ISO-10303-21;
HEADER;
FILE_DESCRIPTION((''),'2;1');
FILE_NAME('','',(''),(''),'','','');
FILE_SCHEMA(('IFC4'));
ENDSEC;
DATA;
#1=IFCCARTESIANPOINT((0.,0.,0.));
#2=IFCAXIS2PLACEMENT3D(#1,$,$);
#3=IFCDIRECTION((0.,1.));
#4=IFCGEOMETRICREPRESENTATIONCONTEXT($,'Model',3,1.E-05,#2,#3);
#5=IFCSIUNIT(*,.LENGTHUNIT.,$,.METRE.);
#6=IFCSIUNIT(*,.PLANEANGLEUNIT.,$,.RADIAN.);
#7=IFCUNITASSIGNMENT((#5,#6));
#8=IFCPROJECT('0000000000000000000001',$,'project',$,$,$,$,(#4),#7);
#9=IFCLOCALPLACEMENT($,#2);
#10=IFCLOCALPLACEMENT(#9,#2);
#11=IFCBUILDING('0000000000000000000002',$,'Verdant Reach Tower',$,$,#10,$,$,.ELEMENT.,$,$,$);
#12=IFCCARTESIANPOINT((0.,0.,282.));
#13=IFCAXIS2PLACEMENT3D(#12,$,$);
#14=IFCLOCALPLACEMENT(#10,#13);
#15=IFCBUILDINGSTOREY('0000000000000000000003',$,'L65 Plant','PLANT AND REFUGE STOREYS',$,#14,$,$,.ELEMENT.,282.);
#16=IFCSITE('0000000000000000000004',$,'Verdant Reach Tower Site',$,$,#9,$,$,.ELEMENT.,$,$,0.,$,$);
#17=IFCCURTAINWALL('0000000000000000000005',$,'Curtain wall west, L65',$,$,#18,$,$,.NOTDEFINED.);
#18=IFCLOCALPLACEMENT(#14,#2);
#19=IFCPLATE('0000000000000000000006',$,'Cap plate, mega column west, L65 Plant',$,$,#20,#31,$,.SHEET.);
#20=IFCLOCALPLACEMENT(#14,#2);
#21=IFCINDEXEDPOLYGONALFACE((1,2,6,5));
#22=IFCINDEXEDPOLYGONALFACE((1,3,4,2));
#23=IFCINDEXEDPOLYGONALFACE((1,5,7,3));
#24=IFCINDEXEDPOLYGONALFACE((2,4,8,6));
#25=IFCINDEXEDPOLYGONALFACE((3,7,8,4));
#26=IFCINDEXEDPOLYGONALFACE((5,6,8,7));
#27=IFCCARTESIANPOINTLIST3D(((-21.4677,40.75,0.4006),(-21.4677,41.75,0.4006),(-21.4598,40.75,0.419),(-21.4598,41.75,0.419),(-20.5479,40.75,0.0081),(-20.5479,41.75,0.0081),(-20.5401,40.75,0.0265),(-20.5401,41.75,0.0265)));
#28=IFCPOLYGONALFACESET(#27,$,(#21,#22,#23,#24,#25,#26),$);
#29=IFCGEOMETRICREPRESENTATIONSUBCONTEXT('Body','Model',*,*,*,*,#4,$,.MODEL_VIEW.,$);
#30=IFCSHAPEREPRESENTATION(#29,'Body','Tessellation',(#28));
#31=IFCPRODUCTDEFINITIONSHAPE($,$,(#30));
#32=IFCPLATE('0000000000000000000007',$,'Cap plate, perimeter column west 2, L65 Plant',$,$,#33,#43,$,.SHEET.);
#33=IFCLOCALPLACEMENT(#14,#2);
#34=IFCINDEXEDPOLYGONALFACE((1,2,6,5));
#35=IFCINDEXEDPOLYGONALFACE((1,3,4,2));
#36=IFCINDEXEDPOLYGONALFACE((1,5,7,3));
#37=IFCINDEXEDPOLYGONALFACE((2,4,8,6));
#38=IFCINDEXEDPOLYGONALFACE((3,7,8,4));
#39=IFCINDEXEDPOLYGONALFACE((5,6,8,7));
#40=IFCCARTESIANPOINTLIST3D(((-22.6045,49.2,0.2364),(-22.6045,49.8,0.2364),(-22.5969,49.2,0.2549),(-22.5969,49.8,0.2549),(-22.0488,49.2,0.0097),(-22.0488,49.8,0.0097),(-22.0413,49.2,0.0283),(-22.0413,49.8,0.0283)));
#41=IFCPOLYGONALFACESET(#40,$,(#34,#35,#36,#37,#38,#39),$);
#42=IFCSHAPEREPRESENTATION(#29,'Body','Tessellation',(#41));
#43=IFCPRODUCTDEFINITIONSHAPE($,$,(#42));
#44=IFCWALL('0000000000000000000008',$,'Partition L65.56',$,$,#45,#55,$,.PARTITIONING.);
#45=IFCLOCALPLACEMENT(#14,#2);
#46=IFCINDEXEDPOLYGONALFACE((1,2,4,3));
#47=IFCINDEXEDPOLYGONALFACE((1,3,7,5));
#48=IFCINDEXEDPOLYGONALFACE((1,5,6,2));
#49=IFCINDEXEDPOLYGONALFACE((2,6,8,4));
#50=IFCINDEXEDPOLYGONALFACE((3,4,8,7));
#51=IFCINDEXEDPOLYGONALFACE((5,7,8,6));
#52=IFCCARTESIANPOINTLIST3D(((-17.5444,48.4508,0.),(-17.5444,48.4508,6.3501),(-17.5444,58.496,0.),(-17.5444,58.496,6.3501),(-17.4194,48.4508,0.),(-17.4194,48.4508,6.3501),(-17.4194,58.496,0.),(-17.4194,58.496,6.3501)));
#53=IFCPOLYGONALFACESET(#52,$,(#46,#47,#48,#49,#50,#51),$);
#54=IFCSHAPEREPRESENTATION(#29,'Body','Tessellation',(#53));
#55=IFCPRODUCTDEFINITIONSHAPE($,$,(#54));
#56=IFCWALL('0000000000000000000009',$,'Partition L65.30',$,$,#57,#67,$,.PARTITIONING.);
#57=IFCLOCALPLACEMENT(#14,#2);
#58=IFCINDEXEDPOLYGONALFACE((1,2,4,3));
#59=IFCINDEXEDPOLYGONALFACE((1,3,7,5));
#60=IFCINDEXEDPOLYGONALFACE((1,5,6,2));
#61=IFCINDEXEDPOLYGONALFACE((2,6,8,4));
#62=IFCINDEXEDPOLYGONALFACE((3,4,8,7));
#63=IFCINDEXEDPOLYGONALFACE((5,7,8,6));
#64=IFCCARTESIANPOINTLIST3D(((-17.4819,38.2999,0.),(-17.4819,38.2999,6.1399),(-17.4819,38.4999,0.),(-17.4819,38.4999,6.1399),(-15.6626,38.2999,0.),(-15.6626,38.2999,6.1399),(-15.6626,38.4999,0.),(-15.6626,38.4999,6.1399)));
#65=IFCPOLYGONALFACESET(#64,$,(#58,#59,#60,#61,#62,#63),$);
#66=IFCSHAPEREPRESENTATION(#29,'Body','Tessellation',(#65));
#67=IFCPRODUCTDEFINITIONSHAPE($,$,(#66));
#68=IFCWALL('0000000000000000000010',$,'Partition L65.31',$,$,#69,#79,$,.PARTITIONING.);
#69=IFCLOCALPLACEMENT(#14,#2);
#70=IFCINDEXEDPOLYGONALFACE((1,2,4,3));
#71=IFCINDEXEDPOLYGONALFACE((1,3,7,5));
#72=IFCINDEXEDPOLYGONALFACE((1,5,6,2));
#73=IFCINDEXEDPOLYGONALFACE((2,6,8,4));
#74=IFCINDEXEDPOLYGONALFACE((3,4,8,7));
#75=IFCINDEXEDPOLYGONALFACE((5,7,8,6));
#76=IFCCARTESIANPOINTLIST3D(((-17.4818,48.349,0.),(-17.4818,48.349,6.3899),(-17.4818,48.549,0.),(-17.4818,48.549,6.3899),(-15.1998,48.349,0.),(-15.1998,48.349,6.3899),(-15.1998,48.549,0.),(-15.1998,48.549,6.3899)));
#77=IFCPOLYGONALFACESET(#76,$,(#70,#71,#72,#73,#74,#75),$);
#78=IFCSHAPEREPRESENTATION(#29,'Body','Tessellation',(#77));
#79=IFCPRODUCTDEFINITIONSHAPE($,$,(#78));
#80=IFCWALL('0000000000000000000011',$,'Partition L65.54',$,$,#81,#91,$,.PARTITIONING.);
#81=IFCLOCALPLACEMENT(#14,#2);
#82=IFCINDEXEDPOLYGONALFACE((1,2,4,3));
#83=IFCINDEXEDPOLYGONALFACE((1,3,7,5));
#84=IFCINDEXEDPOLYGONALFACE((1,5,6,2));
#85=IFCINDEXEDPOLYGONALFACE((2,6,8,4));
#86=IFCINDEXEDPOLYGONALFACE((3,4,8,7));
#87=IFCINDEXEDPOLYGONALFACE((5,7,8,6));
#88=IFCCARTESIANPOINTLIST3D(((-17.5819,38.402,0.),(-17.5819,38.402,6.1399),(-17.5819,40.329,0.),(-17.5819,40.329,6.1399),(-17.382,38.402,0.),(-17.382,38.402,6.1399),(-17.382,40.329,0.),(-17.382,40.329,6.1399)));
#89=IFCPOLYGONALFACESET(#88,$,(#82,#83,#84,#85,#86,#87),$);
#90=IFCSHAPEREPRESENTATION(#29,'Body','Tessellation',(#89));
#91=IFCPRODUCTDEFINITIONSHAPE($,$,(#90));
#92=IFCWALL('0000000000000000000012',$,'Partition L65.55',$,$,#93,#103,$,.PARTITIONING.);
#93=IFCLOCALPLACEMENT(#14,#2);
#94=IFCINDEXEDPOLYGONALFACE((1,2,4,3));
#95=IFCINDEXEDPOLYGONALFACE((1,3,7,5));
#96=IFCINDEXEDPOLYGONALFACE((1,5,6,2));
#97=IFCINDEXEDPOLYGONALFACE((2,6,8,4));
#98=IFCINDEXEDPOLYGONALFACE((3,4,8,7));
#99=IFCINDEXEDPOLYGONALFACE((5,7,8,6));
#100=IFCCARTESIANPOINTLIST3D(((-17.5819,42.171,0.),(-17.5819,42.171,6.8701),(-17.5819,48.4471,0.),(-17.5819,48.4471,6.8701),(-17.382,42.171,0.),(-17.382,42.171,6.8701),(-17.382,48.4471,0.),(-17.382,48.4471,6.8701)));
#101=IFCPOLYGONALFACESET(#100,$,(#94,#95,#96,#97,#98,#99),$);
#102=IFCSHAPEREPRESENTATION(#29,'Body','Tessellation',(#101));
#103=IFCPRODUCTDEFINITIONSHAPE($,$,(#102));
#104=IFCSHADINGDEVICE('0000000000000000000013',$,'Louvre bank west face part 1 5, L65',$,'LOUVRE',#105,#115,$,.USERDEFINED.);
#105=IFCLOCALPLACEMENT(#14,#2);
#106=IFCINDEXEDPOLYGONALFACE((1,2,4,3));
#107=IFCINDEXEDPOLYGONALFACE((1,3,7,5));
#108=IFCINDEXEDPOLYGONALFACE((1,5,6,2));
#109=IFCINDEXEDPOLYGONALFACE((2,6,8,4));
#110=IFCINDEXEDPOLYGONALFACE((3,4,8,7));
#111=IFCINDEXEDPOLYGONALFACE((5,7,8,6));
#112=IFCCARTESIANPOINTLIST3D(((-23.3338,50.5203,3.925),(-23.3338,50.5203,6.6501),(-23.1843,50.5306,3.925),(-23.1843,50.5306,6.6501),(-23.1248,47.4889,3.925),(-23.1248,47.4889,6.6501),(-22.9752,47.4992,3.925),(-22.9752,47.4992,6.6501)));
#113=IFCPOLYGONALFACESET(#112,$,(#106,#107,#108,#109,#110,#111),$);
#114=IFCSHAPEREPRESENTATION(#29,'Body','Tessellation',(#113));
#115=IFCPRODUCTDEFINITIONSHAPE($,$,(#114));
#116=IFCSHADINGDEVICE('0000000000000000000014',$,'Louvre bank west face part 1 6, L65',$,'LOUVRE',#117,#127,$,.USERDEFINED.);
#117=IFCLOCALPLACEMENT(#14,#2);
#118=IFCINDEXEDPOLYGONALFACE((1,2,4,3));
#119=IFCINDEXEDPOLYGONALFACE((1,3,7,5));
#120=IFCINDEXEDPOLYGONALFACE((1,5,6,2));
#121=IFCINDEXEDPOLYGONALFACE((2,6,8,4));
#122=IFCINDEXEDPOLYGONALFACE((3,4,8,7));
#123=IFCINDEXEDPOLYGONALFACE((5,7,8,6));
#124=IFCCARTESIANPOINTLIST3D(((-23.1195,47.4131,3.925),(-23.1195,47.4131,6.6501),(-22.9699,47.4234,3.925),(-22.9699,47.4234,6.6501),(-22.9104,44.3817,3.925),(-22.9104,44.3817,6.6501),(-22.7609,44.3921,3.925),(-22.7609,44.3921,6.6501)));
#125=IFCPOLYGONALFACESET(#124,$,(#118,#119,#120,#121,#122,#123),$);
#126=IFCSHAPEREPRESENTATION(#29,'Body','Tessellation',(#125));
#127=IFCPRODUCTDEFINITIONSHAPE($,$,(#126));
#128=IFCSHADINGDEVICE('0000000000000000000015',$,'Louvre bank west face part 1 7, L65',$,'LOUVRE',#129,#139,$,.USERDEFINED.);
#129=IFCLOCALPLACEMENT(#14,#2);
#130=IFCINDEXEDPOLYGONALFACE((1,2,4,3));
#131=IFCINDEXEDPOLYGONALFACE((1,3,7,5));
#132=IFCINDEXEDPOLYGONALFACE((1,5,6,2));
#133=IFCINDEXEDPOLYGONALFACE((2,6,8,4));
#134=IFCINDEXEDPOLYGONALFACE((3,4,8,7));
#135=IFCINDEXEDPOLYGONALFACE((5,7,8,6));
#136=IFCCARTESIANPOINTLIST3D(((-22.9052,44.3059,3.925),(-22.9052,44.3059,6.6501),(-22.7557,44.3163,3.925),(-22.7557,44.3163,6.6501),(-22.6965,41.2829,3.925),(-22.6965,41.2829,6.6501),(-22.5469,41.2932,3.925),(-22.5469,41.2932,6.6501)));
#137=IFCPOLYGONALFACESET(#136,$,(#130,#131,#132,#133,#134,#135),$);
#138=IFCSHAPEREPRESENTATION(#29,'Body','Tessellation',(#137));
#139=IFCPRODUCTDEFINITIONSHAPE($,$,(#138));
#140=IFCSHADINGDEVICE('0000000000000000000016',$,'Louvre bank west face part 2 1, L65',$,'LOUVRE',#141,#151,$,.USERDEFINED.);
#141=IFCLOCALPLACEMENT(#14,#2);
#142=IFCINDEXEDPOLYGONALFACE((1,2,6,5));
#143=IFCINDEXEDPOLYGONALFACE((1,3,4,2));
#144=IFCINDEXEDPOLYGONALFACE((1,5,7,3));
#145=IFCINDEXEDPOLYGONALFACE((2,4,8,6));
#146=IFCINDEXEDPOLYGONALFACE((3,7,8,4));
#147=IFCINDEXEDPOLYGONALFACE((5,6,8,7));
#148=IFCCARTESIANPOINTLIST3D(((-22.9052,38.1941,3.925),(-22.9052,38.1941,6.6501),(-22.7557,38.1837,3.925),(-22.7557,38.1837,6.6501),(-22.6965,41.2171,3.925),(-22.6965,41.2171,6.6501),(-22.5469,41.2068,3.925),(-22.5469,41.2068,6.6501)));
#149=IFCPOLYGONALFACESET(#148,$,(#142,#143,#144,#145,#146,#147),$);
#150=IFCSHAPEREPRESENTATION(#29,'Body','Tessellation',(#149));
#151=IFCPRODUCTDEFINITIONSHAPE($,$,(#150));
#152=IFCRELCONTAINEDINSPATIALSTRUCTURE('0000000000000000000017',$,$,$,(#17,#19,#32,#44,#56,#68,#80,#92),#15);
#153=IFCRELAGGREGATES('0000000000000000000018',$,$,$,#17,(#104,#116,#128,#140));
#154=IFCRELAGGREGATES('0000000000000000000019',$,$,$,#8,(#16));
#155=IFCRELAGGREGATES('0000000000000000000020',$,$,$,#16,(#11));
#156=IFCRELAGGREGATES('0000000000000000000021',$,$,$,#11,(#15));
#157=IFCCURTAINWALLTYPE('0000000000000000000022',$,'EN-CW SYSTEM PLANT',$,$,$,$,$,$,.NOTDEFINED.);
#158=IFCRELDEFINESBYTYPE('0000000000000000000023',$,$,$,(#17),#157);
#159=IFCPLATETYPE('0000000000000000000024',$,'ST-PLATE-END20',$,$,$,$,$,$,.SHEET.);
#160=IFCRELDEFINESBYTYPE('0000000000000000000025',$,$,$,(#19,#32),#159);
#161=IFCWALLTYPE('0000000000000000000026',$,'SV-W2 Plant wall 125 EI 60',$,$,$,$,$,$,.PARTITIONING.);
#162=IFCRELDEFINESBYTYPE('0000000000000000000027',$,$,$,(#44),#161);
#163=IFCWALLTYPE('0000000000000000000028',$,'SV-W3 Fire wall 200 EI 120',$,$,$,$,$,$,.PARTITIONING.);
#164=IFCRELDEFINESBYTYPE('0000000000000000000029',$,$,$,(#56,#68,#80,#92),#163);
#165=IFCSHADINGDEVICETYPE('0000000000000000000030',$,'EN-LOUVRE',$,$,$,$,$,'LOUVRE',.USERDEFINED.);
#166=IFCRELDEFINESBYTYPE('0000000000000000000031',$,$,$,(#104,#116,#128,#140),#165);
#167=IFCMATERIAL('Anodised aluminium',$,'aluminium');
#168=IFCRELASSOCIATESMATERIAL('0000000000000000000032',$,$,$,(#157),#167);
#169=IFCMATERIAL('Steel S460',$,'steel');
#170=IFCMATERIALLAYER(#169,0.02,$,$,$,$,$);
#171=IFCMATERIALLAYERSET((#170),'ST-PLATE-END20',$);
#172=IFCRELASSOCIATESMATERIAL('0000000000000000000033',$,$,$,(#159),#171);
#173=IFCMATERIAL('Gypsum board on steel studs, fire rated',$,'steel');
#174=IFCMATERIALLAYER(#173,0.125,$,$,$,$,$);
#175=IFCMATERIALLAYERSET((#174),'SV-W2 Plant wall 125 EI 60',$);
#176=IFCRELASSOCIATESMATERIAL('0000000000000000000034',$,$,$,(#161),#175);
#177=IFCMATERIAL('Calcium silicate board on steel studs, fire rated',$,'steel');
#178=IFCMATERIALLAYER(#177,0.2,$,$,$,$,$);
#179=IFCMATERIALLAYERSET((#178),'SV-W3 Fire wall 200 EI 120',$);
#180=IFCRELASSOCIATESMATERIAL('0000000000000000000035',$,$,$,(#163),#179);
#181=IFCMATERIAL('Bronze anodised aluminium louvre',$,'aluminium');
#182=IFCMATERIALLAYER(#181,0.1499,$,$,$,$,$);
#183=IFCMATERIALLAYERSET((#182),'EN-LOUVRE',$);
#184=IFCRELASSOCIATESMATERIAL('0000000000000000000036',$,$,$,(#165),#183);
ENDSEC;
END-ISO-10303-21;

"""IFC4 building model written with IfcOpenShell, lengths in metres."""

from ifc_helpers import new_model, si_unit, direction, frame, frame_2d, origin, origin_2d, place, context, subcontext, project, spatial, rectangle, extrude, material, layer, layer_set, type_object, element, aggregate, save


model = new_model("IFC4")

# Units and contexts
model_context = context("Model", 3, precision=1e-05, world=origin(), true_north=direction((0.0, 1.0)))
body_context = subcontext(model_context, "Body", "Model", "MODEL_VIEW")
ifc_project = project(units=[si_unit("LENGTHUNIT", "METRE"), si_unit("PLANEANGLEUNIT", "RADIAN")], contexts=[model_context])

# Site, building, storey
site_placement = place(None, origin())
site = spatial("IfcSite", under=ifc_project, at=site_placement, Name="Verdant Reach Tower Site", CompositionType="ELEMENT", RefElevation=0.0)
building_placement = place(site_placement, origin())
building = spatial("IfcBuilding", under=site, at=building_placement, Name="Verdant Reach Tower", CompositionType="ELEMENT")
storey_placement = place(building_placement, frame((0.0, 0.0, 282.0)))
storey = spatial("IfcBuildingStorey", under=building, at=storey_placement, Name="L65 Plant", Description="PLANT AND REFUGE STOREYS", CompositionType="ELEMENT", Elevation=282.0)

# Shared definitions
ifc_material_1 = material(Name="Steel S460", Category="steel")

# Curtain wall
ifc_material_2 = material(Name="Anodised aluminium", Category="aluminium")
curtain_wall_type = type_object("IfcCurtainWallType", Name="EN-CW SYSTEM PLANT", PredefinedType="NOTDEFINED", material=ifc_material_2)
curtain_wall_placement = place(storey_placement, origin())
curtain_wall = element("IfcCurtainWall", 1, at=curtain_wall_placement, inside=storey, type_object=curtain_wall_type, Name="Curtain wall west, L65", PredefinedType="NOTDEFINED")

# Plates
ifc_layer_1 = layer(ifc_material_1, 0.02)
ifc_layer_set_1 = layer_set([ifc_layer_1], Name="ST-PLATE-END20")
plate_type_1 = type_object("IfcPlateType", Name="ST-PLATE-END20", PredefinedType="SHEET", material=ifc_layer_set_1)
plate_1_placement = place(storey_placement, frame((-21.0078, 41.25, 0.2043), z_axis=(0.392439, 0.0, 0.919778), x_axis=(0.0, 1.0, 0.0)))
element("IfcPlate", 2, at=plate_1_placement, inside=storey, type_object=plate_type_1, Name="Cap plate, mega column west, L65 Plant", PredefinedType="SHEET", context=body_context, shape_type="SweptSolid", body=[
    extrude(rectangle(XDim=1.0, YDim=1.0, at=origin_2d()), origin(), (0.0, 0.0, 1.0), 0.02),
])
plate_2_placement = place(storey_placement, frame((-22.3267, 49.5, 0.123), z_axis=(0.377684, 0.0, 0.925935), x_axis=(0.0, 1.0, 0.0)))
element("IfcPlate", 3, at=plate_2_placement, inside=storey, type_object=plate_type_1, Name="Cap plate, perimeter column west 2, L65 Plant", PredefinedType="SHEET", context=body_context, shape_type="SweptSolid", body=[
    extrude(rectangle(XDim=0.6001, YDim=0.6001, at=origin_2d()), origin(), (0.0, 0.0, 1.0), 0.02),
])

# Walls
ifc_material_3 = material(Name="Gypsum board on steel studs, fire rated", Category="steel")
ifc_layer_2 = layer(ifc_material_3, 0.125)
ifc_layer_set_2 = layer_set([ifc_layer_2], Name="SV-W2 Plant wall 125 EI 60")
wall_type_1 = type_object("IfcWallType", Name="SV-W2 Plant wall 125 EI 60", PredefinedType="PARTITIONING", material=ifc_layer_set_2)
wall_1_placement = place(storey_placement, frame((-17.4819, 48.4509, 0.0), z_axis=(0.0, 0.0, 1.0), x_axis=(0.0, 1.0, 0.0)))
element("IfcWall", 4, at=wall_1_placement, inside=storey, type_object=wall_type_1, Name="Partition L65.56", PredefinedType="PARTITIONING", context=body_context, shape_type="SweptSolid", body=[
    extrude(rectangle(XDim=10.0452, YDim=0.125, at=frame_2d((5.0225, 0.0))), origin(), (0.0, 0.0, 1.0), 6.3501),
])
ifc_material_4 = material(Name="Calcium silicate board on steel studs, fire rated", Category="steel")
ifc_layer_3 = layer(ifc_material_4, 0.2)
ifc_layer_set_3 = layer_set([ifc_layer_3], Name="SV-W3 Fire wall 200 EI 120")
wall_type_2 = type_object("IfcWallType", Name="SV-W3 Fire wall 200 EI 120", PredefinedType="PARTITIONING", material=ifc_layer_set_3)
wall_2_placement = place(storey_placement, frame((-17.4819, 38.3999, 0.0), z_axis=(0.0, 0.0, 1.0), x_axis=(1.0, 0.0, 0.0)))
element("IfcWall", 5, at=wall_2_placement, inside=storey, type_object=wall_type_2, Name="Partition L65.30", PredefinedType="PARTITIONING", context=body_context, shape_type="SweptSolid", body=[
    extrude(rectangle(XDim=1.8193, YDim=0.2, at=frame_2d((0.9097, 0.0))), origin(), (0.0, 0.0, 1.0), 6.1399),
])
wall_3_placement = place(storey_placement, frame((-17.4819, 48.449, 0.0), z_axis=(0.0, 0.0, 1.0), x_axis=(1.0, 0.0, 0.0)))
element("IfcWall", 6, at=wall_3_placement, inside=storey, type_object=wall_type_2, Name="Partition L65.31", PredefinedType="PARTITIONING", context=body_context, shape_type="SweptSolid", body=[
    extrude(rectangle(XDim=2.282, YDim=0.2, at=frame_2d((1.1411, 0.0))), origin(), (0.0, 0.0, 1.0), 6.3899),
])
wall_4_placement = place(storey_placement, frame((-17.4819, 38.4021, 0.0), z_axis=(0.0, 0.0, 1.0), x_axis=(0.0, 1.0, 0.0)))
element("IfcWall", 7, at=wall_4_placement, inside=storey, type_object=wall_type_2, Name="Partition L65.54", PredefinedType="PARTITIONING", context=body_context, shape_type="SweptSolid", body=[
    extrude(rectangle(XDim=1.927, YDim=0.2, at=frame_2d((0.9634, 0.0))), origin(), (0.0, 0.0, 1.0), 6.1399),
])
wall_5_placement = place(storey_placement, frame((-17.4819, 42.1709, 0.0), z_axis=(0.0, 0.0, 1.0), x_axis=(0.0, 1.0, 0.0)))
element("IfcWall", 8, at=wall_5_placement, inside=storey, type_object=wall_type_2, Name="Partition L65.55", PredefinedType="PARTITIONING", context=body_context, shape_type="SweptSolid", body=[
    extrude(rectangle(XDim=6.2761, YDim=0.2, at=frame_2d((3.1382, 0.0))), origin(), (0.0, 0.0, 1.0), 6.8701),
])

# Shading devices
ifc_material_5 = material(Name="Bronze anodised aluminium louvre", Category="aluminium")
ifc_layer_4 = layer(ifc_material_5, 0.1499)
ifc_layer_set_4 = layer_set([ifc_layer_4], Name="EN-LOUVRE")
shading_device_type = type_object("IfcShadingDeviceType", Name="EN-LOUVRE", ElementType="LOUVRE", PredefinedType="USERDEFINED", material=ifc_layer_set_4)
shading_device_1_placement = place(storey_placement, frame((-23.1545, 49.0098, 3.925), z_axis=(0.0, 0.0, 1.0), x_axis=(0.068802, -0.99763, 0.0)))
shading_device_1 = element("IfcShadingDevice", 9, at=shading_device_1_placement, type_object=shading_device_type, Name="Louvre bank west face part 1 5, L65", ObjectType="LOUVRE", PredefinedType="USERDEFINED", context=body_context, shape_type="SweptSolid", body=[
    extrude(rectangle(XDim=3.0386, YDim=0.1499, at=origin_2d()), origin(), (0.0, 0.0, 1.0), 2.7251),
])
shading_device_2_placement = place(storey_placement, frame((-22.9402, 45.9026, 3.925), z_axis=(0.0, 0.0, 1.0), x_axis=(0.068802, -0.99763, 0.0)))
shading_device_2 = element("IfcShadingDevice", 10, at=shading_device_2_placement, type_object=shading_device_type, Name="Louvre bank west face part 1 6, L65", ObjectType="LOUVRE", PredefinedType="USERDEFINED", context=body_context, shape_type="SweptSolid", body=[
    extrude(rectangle(XDim=3.0386, YDim=0.1499, at=origin_2d()), origin(), (0.0, 0.0, 1.0), 2.7251),
])
shading_device_3_placement = place(storey_placement, frame((-22.7261, 42.7996, 3.925), z_axis=(0.0, 0.0, 1.0), x_axis=(0.068893, -0.997624, 0.0)))
shading_device_3 = element("IfcShadingDevice", 11, at=shading_device_3_placement, type_object=shading_device_type, Name="Louvre bank west face part 1 7, L65", ObjectType="LOUVRE", PredefinedType="USERDEFINED", context=body_context, shape_type="SweptSolid", body=[
    extrude(rectangle(XDim=3.0303, YDim=0.1499, at=origin_2d()), origin(), (0.0, 0.0, 1.0), 2.7251),
])
shading_device_4_placement = place(storey_placement, frame((-22.7261, 39.7004, 3.925), z_axis=(0.0, 0.0, 1.0), x_axis=(-0.068893, -0.997624, 0.0)))
shading_device_4 = element("IfcShadingDevice", 12, at=shading_device_4_placement, type_object=shading_device_type, Name="Louvre bank west face part 2 1, L65", ObjectType="LOUVRE", PredefinedType="USERDEFINED", context=body_context, shape_type="SweptSolid", body=[
    extrude(rectangle(XDim=3.0303, YDim=0.1499, at=origin_2d()), origin(), (0.0, 0.0, 1.0), 2.7251),
])
aggregate(curtain_wall, [shading_device_1, shading_device_2, shading_device_3, shading_device_4])

save(model, "model.ifc")
